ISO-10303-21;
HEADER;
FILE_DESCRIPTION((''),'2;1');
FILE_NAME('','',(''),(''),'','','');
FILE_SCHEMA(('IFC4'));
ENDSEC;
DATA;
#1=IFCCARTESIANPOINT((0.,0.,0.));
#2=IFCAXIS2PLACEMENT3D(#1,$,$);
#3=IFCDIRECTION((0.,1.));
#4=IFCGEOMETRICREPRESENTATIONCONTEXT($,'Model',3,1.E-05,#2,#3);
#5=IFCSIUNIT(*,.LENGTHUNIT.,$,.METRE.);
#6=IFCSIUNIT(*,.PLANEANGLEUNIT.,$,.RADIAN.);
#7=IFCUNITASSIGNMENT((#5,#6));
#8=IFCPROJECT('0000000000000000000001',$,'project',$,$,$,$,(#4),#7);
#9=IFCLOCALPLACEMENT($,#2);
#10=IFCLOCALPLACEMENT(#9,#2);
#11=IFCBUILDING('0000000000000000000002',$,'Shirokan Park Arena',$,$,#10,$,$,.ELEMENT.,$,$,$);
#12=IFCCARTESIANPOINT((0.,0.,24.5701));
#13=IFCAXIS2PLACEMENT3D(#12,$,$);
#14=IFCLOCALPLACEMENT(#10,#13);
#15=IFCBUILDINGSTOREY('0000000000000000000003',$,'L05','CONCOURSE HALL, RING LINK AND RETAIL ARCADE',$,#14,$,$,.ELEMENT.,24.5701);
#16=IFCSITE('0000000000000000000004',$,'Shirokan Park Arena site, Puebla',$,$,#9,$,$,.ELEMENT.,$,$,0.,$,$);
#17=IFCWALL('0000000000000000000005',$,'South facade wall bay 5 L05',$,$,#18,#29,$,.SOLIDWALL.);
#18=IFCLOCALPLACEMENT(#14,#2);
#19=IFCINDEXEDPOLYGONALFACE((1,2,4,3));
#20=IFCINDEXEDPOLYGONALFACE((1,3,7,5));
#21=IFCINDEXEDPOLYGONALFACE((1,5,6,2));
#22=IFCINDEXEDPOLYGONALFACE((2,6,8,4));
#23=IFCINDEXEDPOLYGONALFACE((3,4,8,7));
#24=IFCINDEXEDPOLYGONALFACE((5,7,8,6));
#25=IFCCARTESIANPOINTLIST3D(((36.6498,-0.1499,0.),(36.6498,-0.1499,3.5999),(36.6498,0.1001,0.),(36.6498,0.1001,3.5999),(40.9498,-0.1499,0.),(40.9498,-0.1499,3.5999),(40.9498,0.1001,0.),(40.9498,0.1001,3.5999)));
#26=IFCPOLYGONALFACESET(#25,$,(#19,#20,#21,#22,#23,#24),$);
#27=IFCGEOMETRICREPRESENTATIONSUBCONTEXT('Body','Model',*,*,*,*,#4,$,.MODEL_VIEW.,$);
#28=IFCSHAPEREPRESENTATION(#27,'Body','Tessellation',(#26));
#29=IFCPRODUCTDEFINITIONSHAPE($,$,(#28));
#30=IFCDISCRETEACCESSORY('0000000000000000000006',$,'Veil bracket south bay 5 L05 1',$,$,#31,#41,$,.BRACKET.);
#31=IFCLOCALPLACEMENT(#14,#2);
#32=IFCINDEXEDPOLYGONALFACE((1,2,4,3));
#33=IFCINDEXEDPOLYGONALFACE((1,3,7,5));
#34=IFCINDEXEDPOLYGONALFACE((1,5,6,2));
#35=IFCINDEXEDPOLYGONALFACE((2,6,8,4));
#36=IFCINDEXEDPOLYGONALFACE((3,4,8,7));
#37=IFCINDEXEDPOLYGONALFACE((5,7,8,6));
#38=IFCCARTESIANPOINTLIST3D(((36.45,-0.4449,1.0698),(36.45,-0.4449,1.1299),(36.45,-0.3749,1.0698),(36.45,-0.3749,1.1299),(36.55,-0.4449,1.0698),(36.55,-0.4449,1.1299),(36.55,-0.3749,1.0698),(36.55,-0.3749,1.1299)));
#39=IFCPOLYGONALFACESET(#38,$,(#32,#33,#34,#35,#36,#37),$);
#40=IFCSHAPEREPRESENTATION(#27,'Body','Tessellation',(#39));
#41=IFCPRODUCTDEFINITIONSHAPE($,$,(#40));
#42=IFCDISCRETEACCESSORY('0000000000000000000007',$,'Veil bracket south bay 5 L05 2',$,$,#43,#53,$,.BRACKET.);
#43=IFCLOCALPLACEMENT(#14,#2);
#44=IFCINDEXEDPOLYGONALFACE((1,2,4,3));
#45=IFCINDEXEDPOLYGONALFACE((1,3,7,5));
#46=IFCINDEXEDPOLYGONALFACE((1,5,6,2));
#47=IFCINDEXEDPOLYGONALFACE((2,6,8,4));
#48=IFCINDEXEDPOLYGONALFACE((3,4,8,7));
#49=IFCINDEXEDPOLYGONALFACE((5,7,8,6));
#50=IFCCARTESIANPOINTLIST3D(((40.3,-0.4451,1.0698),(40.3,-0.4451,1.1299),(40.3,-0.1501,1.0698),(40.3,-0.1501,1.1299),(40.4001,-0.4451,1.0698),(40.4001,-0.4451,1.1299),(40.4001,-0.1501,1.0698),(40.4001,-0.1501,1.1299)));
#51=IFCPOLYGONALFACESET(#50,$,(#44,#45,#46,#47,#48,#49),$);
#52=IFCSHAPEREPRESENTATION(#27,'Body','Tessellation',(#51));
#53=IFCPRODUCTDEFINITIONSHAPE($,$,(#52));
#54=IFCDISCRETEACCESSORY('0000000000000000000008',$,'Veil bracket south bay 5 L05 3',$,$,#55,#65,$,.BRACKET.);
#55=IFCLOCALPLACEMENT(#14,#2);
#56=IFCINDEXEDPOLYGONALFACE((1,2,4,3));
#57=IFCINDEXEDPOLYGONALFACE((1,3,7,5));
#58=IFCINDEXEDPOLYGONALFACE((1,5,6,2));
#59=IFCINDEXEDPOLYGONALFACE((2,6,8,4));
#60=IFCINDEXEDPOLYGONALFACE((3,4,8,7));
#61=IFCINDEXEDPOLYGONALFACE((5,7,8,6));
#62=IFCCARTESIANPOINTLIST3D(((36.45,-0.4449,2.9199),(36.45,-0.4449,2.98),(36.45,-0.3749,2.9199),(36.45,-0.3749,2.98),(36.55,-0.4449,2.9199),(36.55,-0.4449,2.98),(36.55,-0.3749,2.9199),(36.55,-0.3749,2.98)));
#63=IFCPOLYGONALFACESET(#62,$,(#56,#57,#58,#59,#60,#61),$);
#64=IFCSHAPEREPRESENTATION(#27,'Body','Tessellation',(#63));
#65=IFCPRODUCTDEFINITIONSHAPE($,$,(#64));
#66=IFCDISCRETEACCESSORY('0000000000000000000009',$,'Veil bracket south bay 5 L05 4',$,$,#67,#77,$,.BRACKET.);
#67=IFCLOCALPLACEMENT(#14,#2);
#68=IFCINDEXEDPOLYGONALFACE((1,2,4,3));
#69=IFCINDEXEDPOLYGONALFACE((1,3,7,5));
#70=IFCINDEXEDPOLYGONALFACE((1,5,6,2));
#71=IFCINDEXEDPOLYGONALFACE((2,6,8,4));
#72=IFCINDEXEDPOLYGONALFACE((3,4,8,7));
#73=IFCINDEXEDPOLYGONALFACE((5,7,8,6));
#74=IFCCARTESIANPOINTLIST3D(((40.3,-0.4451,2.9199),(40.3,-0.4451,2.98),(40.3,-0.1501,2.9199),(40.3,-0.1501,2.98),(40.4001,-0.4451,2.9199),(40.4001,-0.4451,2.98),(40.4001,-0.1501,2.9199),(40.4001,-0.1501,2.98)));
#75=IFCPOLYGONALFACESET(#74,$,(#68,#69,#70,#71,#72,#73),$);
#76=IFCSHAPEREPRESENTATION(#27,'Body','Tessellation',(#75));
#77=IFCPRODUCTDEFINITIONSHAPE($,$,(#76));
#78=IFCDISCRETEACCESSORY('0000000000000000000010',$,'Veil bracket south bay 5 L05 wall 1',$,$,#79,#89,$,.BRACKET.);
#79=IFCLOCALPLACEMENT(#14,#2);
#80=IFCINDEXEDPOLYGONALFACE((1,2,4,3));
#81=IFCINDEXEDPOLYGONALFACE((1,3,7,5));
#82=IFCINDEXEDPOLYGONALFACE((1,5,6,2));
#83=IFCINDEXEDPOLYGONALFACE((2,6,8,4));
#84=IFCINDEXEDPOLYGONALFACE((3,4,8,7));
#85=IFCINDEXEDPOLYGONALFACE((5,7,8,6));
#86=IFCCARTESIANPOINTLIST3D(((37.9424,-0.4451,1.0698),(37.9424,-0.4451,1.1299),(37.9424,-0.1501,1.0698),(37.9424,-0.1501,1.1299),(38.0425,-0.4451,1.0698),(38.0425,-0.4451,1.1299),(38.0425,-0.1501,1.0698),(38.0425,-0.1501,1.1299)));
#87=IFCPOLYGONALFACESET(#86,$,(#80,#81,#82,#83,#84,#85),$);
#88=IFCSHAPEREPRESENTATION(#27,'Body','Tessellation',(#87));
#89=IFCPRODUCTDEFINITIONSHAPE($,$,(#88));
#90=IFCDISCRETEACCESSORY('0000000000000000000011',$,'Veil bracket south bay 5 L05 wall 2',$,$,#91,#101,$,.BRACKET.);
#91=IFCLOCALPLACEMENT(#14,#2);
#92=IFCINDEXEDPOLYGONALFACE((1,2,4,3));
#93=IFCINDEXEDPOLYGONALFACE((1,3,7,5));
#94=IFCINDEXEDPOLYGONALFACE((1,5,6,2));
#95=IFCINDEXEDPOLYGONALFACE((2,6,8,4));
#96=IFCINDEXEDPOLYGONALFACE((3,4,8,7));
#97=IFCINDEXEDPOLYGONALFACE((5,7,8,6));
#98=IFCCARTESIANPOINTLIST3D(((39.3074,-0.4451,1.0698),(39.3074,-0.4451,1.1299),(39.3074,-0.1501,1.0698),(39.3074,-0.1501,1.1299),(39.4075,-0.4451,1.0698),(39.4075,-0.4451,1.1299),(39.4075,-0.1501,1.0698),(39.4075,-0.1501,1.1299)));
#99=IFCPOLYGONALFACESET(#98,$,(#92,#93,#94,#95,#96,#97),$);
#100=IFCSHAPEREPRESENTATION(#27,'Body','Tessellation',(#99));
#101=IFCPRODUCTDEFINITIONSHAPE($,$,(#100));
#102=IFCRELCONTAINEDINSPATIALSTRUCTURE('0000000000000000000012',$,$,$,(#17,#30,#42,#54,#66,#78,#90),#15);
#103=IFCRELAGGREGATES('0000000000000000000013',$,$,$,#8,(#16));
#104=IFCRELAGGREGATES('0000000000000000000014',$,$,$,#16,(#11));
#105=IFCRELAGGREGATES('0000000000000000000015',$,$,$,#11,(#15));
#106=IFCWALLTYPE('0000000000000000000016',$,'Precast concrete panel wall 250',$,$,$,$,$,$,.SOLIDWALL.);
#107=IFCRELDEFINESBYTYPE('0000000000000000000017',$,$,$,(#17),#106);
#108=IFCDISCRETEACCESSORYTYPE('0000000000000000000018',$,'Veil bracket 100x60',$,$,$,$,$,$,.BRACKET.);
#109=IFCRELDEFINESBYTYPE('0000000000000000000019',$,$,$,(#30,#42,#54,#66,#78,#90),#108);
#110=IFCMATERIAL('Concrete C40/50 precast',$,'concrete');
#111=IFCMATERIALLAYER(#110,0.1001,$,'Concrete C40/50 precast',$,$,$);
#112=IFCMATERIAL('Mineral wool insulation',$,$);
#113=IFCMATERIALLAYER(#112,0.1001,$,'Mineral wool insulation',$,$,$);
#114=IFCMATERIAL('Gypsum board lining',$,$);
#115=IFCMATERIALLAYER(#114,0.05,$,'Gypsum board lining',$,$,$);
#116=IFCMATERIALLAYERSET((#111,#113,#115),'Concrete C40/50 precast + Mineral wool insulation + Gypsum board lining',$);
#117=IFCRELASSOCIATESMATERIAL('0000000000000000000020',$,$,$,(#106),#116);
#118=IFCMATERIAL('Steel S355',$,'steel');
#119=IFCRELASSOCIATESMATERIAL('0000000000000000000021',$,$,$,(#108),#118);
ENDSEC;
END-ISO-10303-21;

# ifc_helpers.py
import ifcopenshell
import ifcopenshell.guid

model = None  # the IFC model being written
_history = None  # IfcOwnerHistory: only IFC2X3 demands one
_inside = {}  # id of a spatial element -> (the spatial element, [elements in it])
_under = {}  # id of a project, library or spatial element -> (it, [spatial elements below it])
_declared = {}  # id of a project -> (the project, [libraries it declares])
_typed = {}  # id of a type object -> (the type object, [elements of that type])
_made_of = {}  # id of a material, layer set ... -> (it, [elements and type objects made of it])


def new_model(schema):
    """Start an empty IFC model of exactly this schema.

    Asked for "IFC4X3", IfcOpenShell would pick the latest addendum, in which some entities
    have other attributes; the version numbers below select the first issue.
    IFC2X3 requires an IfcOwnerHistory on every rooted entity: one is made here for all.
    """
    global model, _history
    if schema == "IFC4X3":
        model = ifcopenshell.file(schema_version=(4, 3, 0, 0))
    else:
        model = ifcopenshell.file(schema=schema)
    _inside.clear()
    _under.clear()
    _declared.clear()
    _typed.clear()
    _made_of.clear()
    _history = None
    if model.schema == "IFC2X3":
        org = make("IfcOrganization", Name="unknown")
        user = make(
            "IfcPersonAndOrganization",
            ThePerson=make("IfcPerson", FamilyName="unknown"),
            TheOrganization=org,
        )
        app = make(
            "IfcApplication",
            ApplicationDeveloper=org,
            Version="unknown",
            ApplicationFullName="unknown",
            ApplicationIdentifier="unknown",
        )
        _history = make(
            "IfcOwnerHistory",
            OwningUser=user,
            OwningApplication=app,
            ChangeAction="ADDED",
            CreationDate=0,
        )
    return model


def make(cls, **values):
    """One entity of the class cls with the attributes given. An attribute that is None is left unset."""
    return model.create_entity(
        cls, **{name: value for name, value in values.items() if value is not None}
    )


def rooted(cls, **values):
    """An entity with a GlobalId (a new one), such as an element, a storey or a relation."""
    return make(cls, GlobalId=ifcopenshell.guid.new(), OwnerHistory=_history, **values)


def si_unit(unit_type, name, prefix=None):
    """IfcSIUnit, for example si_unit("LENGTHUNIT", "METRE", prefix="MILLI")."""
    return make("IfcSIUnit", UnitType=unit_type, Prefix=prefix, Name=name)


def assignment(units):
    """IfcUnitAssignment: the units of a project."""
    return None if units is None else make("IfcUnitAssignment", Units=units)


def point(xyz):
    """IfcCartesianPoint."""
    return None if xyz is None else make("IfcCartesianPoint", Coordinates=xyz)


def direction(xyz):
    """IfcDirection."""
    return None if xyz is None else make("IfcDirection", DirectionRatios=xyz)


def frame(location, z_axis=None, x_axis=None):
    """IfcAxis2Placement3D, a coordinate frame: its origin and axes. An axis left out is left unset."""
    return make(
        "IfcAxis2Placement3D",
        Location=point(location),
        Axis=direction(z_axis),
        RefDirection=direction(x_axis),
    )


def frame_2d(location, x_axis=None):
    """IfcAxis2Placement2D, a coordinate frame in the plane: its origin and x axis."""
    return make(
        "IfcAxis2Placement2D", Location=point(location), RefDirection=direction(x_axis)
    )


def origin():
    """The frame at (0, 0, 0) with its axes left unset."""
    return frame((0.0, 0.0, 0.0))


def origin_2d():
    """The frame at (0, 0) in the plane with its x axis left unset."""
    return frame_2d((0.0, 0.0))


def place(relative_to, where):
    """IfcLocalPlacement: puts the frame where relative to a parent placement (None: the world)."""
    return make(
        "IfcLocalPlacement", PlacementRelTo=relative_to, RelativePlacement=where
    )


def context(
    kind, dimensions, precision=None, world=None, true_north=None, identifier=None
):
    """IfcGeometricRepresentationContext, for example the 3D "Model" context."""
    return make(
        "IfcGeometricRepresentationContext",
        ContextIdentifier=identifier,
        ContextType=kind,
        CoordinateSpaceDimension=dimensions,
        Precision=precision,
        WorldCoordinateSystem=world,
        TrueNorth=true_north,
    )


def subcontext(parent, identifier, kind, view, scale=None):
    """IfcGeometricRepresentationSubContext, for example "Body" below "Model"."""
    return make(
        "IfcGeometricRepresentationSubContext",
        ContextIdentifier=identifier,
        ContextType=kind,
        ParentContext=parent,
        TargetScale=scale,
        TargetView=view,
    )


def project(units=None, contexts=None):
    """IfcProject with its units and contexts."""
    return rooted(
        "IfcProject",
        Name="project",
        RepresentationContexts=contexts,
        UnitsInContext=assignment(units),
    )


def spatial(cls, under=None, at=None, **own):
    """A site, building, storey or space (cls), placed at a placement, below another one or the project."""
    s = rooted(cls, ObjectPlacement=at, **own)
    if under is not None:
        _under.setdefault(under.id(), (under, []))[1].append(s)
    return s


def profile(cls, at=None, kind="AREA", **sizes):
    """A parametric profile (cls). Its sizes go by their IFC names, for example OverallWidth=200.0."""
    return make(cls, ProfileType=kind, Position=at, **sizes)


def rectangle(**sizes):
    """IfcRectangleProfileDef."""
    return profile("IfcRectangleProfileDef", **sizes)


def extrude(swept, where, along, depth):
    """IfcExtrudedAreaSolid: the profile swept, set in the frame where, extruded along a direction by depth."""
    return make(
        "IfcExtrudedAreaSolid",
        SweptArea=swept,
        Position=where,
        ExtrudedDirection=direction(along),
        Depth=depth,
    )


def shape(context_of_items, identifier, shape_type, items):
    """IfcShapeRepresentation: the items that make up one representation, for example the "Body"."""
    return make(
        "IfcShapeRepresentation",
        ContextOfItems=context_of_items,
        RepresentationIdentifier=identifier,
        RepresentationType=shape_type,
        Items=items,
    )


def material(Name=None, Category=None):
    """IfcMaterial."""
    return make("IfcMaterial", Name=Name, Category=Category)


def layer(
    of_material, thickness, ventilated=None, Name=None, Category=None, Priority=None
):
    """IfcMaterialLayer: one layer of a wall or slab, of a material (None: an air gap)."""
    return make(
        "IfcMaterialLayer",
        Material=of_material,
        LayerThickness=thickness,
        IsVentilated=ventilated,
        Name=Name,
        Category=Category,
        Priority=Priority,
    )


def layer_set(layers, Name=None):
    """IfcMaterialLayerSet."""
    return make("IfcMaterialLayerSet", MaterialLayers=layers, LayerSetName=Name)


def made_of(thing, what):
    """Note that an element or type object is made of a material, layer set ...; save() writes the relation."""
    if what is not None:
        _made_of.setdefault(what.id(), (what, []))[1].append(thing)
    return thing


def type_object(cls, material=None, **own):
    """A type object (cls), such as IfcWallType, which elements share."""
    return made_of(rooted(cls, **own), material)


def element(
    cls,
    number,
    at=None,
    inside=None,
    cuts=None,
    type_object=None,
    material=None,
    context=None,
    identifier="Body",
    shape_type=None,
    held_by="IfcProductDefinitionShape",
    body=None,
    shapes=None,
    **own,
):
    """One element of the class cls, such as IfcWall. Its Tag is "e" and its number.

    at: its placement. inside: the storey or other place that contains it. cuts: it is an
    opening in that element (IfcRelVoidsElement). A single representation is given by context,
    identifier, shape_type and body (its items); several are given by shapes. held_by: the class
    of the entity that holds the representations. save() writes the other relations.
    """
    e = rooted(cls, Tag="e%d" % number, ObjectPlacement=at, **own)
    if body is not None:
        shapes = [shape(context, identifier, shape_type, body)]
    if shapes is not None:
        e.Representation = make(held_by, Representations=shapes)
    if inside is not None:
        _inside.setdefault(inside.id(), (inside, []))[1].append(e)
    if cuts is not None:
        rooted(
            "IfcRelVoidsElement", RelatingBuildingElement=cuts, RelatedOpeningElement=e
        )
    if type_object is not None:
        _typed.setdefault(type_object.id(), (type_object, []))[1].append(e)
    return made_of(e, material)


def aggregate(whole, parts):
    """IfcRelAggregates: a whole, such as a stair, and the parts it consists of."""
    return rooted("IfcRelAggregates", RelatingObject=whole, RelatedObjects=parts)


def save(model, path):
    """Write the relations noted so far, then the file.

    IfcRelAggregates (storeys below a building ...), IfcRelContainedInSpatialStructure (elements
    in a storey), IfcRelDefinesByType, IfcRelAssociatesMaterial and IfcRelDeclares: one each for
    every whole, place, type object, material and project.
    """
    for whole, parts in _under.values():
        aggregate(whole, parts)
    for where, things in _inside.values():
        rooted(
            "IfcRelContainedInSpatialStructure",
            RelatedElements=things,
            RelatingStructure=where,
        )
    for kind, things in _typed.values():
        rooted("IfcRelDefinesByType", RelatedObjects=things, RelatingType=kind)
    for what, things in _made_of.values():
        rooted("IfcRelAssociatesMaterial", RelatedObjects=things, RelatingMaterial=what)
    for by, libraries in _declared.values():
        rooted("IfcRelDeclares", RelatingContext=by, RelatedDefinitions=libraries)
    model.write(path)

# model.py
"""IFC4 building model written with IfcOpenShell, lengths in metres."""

from ifc_helpers import new_model, si_unit, direction, frame, frame_2d, origin, origin_2d, place, context, subcontext, project, spatial, rectangle, extrude, material, layer, layer_set, type_object, element, save


model = new_model("IFC4")

# Units and contexts
model_context = context("Model", 3, precision=1e-05, world=origin(), true_north=direction((0.0, 1.0)))
body_context = subcontext(model_context, "Body", "Model", "MODEL_VIEW")
ifc_project = project(units=[si_unit("LENGTHUNIT", "METRE"), si_unit("PLANEANGLEUNIT", "RADIAN")], contexts=[model_context])

# Site, building, storey
site_placement = place(None, origin())
site = spatial("IfcSite", under=ifc_project, at=site_placement, Name="Shirokan Park Arena site, Puebla", CompositionType="ELEMENT", RefElevation=0.0)
building_placement = place(site_placement, origin())
building = spatial("IfcBuilding", under=site, at=building_placement, Name="Shirokan Park Arena", CompositionType="ELEMENT")
storey_placement = place(building_placement, frame((0.0, 0.0, 24.5701)))
storey = spatial("IfcBuildingStorey", under=building, at=storey_placement, Name="L05", Description="CONCOURSE HALL, RING LINK AND RETAIL ARCADE", CompositionType="ELEMENT", Elevation=24.5701)

# Shared definitions
ifc_material_1 = material(Name="Steel S355", Category="steel")

# Shared definitions
ifc_material_2 = material(Name="Mineral wool insulation")

# Wall
ifc_material_3 = material(Name="Concrete C40/50 precast", Category="concrete")
ifc_layer_1 = layer(ifc_material_3, 0.1001, Name="Concrete C40/50 precast")
ifc_layer_2 = layer(ifc_material_2, 0.1001, Name="Mineral wool insulation")
ifc_material_4 = material(Name="Gypsum board lining")
ifc_layer_3 = layer(ifc_material_4, 0.05, Name="Gypsum board lining")
ifc_layer_set_1 = layer_set([ifc_layer_1, ifc_layer_2, ifc_layer_3], Name="Concrete C40/50 precast + Mineral wool insulation + Gypsum board lining")
wall_type_1 = type_object("IfcWallType", Name="Precast concrete panel wall 250", PredefinedType="SOLIDWALL", material=ifc_layer_set_1)
wall_1_placement = place(storey_placement, frame((36.6499, -0.0249, 0.0), z_axis=(0.0, 0.0, 1.0), x_axis=(1.0, 0.0, 0.0)))
element("IfcWall", 1, at=wall_1_placement, inside=storey, type_object=wall_type_1, Name="South facade wall bay 5 L05", PredefinedType="SOLIDWALL", context=body_context, shape_type="SweptSolid", body=[
    extrude(rectangle(XDim=4.3, YDim=0.25, at=frame_2d((2.1499, 0.0))), origin(), (0.0, 0.0, 1.0), 3.5999),
])

# Discrete accessories
discrete_accessory_type = type_object("IfcDiscreteAccessoryType", Name="Veil bracket 100x60", PredefinedType="BRACKET", material=ifc_material_1)
discrete_accessory_1_placement = place(storey_placement, frame((36.5, -0.4099, 1.0698), z_axis=(0.0, 0.0, 1.0), x_axis=(1.0, 0.0, 0.0)))
element("IfcDiscreteAccessory", 2, at=discrete_accessory_1_placement, inside=storey, type_object=discrete_accessory_type, Name="Veil bracket south bay 5 L05 1", PredefinedType="BRACKET", context=body_context, shape_type="SweptSolid", body=[
    extrude(rectangle(XDim=0.1001, YDim=0.0701, at=origin_2d()), origin(), (0.0, 0.0, 1.0), 0.0601),
])
discrete_accessory_2_placement = place(storey_placement, frame((40.3501, -0.2976, 1.0698), z_axis=(0.0, 0.0, 1.0), x_axis=(1.0, 0.0, 0.0)))
element("IfcDiscreteAccessory", 3, at=discrete_accessory_2_placement, inside=storey, type_object=discrete_accessory_type, Name="Veil bracket south bay 5 L05 2", PredefinedType="BRACKET", context=body_context, shape_type="SweptSolid", body=[
    extrude(rectangle(XDim=0.1001, YDim=0.2949, at=origin_2d()), origin(), (0.0, 0.0, 1.0), 0.0601),
])
discrete_accessory_3_placement = place(storey_placement, frame((36.5, -0.4099, 2.9199), z_axis=(0.0, 0.0, 1.0), x_axis=(1.0, 0.0, 0.0)))
element("IfcDiscreteAccessory", 4, at=discrete_accessory_3_placement, inside=storey, type_object=discrete_accessory_type, Name="Veil bracket south bay 5 L05 3", PredefinedType="BRACKET", context=body_context, shape_type="SweptSolid", body=[
    extrude(rectangle(XDim=0.1001, YDim=0.0701, at=origin_2d()), origin(), (0.0, 0.0, 1.0), 0.0601),
])
for number, where, z_axis, x_axis, name in (
    (5, (40.3501, -0.2976, 2.9199), (0.0, 0.0, 1.0), (1.0, 0.0, 0.0), "Veil bracket south bay 5 L05 4"),
    (6, (37.9924, -0.2976, 1.0698), (0.0, 0.0, 1.0), (1.0, 0.0, 0.0), "Veil bracket south bay 5 L05 wall 1"),
    (7, (39.3574, -0.2976, 1.0698), (0.0, 0.0, 1.0), (1.0, 0.0, 0.0), "Veil bracket south bay 5 L05 wall 2"),
):
    element("IfcDiscreteAccessory", number, at=place(storey_placement, frame(where, z_axis=z_axis, x_axis=x_axis)), inside=storey, type_object=discrete_accessory_type, Name=name, PredefinedType="BRACKET", context=body_context, shape_type="SweptSolid", body=[
        extrude(rectangle(XDim=0.1001, YDim=0.2949, at=origin_2d()), origin(), (0.0, 0.0, 1.0), 0.0601),
    ])

save(model, "model.ifc")
